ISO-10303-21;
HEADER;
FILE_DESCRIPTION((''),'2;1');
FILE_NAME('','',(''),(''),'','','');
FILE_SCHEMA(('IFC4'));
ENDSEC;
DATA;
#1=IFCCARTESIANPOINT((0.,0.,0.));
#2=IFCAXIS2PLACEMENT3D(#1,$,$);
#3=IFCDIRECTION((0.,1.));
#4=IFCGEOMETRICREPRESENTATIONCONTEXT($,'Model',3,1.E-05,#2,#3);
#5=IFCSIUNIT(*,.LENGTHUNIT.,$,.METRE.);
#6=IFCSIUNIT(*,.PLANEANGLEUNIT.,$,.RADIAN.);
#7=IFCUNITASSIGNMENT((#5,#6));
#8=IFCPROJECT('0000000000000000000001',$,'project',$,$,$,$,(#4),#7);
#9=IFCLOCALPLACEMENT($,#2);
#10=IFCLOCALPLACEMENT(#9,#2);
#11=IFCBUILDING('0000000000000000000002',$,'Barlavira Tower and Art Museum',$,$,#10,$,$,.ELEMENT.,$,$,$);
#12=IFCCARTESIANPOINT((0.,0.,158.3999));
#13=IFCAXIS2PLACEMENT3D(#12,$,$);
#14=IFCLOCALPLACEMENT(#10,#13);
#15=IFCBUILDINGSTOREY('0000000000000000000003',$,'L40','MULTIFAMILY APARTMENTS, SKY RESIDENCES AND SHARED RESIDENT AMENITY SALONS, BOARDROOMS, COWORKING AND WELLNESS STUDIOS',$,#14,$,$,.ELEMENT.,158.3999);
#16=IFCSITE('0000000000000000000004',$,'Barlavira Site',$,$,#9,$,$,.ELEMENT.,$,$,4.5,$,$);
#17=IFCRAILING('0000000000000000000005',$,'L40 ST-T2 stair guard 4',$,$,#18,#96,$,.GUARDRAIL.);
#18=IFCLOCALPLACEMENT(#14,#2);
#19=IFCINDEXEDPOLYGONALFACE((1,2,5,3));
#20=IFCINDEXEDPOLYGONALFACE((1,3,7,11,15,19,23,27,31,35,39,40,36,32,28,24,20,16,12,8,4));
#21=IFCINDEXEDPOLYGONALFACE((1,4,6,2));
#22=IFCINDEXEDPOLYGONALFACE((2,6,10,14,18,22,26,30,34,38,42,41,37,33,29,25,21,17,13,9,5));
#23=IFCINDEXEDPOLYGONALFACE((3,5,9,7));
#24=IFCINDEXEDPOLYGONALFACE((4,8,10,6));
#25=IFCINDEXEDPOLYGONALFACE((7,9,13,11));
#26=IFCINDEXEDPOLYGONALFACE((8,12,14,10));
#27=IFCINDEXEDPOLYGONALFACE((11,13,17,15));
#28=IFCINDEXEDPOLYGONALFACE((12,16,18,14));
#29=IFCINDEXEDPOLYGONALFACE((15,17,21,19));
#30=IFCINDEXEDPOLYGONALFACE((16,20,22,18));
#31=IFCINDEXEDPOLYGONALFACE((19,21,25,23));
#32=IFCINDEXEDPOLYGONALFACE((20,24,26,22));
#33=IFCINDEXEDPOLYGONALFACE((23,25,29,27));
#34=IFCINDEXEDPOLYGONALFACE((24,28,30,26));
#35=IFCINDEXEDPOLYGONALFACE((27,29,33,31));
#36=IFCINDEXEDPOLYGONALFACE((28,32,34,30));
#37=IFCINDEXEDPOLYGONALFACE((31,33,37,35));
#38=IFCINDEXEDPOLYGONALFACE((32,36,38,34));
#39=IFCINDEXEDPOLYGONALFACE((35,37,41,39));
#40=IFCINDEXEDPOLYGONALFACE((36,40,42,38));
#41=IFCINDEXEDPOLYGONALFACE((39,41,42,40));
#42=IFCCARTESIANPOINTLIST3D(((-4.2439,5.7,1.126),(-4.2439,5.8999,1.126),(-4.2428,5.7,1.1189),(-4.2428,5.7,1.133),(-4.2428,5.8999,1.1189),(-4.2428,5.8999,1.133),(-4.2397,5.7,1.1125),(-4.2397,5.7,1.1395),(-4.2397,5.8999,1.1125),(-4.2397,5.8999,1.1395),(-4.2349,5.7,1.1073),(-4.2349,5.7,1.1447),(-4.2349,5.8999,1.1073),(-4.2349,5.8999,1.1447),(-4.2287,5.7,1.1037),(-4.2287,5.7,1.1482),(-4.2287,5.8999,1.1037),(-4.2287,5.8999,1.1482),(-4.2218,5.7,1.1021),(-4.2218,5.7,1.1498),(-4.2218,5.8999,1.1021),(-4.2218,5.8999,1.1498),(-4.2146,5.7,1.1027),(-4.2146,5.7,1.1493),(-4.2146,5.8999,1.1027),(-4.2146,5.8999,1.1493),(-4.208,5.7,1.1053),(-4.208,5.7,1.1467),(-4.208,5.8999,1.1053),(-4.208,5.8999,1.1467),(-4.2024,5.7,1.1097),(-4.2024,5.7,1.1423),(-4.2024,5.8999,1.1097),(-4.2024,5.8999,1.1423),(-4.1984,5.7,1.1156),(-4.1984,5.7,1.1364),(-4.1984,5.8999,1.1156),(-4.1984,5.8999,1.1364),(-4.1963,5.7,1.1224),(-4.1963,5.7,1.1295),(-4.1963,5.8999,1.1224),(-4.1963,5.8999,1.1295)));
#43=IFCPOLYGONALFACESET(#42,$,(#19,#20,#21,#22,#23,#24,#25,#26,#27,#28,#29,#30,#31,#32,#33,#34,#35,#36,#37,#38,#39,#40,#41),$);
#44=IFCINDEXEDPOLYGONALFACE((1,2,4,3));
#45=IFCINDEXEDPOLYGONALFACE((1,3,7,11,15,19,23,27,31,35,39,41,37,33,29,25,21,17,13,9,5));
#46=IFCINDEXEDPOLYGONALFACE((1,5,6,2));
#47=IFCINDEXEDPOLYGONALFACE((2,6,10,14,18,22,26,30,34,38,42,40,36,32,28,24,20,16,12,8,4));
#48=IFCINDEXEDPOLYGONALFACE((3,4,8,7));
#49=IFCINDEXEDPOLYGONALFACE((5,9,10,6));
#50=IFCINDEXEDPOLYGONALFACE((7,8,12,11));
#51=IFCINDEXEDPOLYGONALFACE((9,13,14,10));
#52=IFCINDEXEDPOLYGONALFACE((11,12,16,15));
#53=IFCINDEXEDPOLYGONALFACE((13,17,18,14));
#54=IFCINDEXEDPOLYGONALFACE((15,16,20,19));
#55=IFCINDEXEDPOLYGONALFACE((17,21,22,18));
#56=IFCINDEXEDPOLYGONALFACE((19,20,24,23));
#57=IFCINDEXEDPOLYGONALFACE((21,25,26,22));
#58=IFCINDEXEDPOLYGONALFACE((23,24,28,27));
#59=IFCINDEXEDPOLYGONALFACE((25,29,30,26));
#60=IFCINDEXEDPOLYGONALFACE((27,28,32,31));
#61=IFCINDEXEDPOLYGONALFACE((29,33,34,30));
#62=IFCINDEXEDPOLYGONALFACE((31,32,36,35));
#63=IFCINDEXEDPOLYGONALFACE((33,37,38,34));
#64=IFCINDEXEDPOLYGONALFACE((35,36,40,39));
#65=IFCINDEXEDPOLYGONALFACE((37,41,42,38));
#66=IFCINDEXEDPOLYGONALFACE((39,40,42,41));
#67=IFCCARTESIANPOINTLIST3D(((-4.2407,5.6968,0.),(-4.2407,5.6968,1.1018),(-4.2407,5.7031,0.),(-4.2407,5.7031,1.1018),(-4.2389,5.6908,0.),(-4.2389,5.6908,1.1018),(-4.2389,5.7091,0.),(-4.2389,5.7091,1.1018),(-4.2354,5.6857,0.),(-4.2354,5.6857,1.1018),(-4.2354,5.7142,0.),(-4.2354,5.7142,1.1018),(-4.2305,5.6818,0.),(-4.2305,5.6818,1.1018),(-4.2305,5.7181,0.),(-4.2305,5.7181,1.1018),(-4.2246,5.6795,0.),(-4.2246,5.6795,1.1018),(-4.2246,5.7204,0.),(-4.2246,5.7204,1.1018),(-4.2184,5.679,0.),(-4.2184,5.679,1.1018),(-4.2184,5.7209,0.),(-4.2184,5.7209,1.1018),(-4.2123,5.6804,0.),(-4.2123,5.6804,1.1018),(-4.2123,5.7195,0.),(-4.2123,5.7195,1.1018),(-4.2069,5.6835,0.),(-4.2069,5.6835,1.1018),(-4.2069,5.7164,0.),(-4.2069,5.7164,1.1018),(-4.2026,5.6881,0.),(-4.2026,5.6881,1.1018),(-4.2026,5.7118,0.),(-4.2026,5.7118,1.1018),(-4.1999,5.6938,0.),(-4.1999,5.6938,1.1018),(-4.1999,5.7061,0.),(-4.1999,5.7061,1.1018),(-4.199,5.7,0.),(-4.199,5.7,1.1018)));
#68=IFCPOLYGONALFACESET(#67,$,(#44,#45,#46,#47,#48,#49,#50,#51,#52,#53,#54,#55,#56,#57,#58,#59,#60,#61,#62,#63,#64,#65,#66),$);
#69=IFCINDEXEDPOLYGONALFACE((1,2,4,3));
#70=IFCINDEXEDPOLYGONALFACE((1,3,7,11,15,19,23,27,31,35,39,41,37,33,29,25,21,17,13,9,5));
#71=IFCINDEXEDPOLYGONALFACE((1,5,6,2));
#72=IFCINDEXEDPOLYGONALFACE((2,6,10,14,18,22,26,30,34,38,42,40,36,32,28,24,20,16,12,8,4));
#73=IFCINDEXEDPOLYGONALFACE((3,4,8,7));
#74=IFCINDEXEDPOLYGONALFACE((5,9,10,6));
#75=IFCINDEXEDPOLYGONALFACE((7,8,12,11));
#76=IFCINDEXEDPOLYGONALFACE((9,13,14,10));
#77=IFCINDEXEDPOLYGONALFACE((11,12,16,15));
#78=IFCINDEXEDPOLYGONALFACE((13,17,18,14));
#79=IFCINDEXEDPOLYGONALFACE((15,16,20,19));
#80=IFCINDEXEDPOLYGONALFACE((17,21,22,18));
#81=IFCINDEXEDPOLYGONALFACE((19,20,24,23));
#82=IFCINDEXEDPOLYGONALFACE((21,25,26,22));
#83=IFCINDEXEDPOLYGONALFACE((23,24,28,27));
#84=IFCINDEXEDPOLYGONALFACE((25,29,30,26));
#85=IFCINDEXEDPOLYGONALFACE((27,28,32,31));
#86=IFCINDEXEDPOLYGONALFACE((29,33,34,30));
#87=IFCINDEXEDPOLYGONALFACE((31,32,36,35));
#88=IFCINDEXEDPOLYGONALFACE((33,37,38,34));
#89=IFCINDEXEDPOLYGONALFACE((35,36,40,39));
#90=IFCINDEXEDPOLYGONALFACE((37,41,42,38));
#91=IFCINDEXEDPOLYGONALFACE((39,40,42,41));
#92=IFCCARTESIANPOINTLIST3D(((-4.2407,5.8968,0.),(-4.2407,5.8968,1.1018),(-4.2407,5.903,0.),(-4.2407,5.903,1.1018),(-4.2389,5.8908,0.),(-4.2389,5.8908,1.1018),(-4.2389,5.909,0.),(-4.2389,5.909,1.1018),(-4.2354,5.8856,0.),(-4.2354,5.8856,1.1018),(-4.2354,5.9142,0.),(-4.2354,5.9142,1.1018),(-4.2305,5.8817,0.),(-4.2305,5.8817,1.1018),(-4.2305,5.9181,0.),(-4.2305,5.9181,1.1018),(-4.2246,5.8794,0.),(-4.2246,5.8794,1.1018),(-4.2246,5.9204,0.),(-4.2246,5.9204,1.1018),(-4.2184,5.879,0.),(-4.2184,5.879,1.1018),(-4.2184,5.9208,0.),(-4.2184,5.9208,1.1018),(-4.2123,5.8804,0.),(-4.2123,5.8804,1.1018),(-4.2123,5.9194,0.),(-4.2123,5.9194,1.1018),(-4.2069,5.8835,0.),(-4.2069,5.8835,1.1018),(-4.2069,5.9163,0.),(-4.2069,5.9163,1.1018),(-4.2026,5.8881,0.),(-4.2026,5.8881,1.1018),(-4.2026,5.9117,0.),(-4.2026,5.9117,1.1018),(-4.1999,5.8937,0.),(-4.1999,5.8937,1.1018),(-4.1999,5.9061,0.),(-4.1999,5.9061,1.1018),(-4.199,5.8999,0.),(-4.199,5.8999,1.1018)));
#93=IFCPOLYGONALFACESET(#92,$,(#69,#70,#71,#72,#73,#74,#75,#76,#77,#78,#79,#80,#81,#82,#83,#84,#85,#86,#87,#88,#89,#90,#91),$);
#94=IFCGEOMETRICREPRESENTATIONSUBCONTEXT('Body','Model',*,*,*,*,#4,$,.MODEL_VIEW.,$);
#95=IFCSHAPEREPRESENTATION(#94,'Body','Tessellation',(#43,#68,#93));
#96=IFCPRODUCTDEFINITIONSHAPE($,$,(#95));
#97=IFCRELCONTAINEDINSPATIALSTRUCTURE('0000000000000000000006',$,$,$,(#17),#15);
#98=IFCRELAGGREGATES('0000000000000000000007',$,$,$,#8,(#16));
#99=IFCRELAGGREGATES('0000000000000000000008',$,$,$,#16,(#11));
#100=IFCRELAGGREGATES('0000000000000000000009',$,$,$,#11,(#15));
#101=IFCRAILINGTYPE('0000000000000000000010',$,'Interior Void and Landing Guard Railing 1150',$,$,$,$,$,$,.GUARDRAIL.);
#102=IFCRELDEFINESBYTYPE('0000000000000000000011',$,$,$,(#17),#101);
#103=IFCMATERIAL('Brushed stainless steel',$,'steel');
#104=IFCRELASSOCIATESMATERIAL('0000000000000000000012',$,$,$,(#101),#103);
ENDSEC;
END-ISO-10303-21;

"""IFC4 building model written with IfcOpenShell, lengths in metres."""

from ifc_helpers import new_model, si_unit, direction, frame, origin, origin_2d, place, context, subcontext, project, spatial, circle, extrude, material, type_object, element, save


model = new_model("IFC4")

# Units and contexts
model_context = context("Model", 3, precision=1e-05, world=origin(), true_north=direction((0.0, 1.0)))
body_context = subcontext(model_context, "Body", "Model", "MODEL_VIEW")
ifc_project = project(units=[si_unit("LENGTHUNIT", "METRE"), si_unit("PLANEANGLEUNIT", "RADIAN")], contexts=[model_context])

# Site, building, storey
site_placement = place(None, origin())
site = spatial("IfcSite", under=ifc_project, at=site_placement, Name="Barlavira Site", CompositionType="ELEMENT", RefElevation=4.5)
building_placement = place(site_placement, origin())
building = spatial("IfcBuilding", under=site, at=building_placement, Name="Barlavira Tower and Art Museum", CompositionType="ELEMENT")
storey_placement = place(building_placement, frame((0.0, 0.0, 158.3999)))
storey = spatial("IfcBuildingStorey", under=building, at=storey_placement, Name="L40", Description="MULTIFAMILY APARTMENTS, SKY RESIDENCES AND SHARED RESIDENT AMENITY SALONS, BOARDROOMS, COWORKING AND WELLNESS STUDIOS", CompositionType="ELEMENT", Elevation=158.3999)

# Shared definitions
ifc_material_1 = material(Name="Brushed stainless steel", Category="steel")

# Railing
railing_type_1 = type_object("IfcRailingType", Name="Interior Void and Landing Guard Railing 1150", PredefinedType="GUARDRAIL", material=ifc_material_1)
railing_1_placement = place(storey_placement, frame((-4.22, 5.7, 0.0)))
element("IfcRailing", 1, at=railing_1_placement, inside=storey, type_object=railing_type_1, Name="L40 ST-T2 stair guard 4", PredefinedType="GUARDRAIL", context=body_context, shape_type="SweptSolid", body=[
    extrude(circle(Radius=0.0239, at=origin_2d()), frame((0.0, 0.0, 1.126), z_axis=(0.0, 1.0, 0.0), x_axis=(-1.0, 0.0, 0.0)), (0.0, 0.0, 1.0), 0.2),
    extrude(circle(Radius=0.021, at=origin_2d()), origin(), (0.0, 0.0, 1.0), 1.1018),
    extrude(circle(Radius=0.021, at=origin_2d()), frame((0.0, 0.2, 0.0)), (0.0, 0.0, 1.0), 1.1018),
])

save(model, "model.ifc")
